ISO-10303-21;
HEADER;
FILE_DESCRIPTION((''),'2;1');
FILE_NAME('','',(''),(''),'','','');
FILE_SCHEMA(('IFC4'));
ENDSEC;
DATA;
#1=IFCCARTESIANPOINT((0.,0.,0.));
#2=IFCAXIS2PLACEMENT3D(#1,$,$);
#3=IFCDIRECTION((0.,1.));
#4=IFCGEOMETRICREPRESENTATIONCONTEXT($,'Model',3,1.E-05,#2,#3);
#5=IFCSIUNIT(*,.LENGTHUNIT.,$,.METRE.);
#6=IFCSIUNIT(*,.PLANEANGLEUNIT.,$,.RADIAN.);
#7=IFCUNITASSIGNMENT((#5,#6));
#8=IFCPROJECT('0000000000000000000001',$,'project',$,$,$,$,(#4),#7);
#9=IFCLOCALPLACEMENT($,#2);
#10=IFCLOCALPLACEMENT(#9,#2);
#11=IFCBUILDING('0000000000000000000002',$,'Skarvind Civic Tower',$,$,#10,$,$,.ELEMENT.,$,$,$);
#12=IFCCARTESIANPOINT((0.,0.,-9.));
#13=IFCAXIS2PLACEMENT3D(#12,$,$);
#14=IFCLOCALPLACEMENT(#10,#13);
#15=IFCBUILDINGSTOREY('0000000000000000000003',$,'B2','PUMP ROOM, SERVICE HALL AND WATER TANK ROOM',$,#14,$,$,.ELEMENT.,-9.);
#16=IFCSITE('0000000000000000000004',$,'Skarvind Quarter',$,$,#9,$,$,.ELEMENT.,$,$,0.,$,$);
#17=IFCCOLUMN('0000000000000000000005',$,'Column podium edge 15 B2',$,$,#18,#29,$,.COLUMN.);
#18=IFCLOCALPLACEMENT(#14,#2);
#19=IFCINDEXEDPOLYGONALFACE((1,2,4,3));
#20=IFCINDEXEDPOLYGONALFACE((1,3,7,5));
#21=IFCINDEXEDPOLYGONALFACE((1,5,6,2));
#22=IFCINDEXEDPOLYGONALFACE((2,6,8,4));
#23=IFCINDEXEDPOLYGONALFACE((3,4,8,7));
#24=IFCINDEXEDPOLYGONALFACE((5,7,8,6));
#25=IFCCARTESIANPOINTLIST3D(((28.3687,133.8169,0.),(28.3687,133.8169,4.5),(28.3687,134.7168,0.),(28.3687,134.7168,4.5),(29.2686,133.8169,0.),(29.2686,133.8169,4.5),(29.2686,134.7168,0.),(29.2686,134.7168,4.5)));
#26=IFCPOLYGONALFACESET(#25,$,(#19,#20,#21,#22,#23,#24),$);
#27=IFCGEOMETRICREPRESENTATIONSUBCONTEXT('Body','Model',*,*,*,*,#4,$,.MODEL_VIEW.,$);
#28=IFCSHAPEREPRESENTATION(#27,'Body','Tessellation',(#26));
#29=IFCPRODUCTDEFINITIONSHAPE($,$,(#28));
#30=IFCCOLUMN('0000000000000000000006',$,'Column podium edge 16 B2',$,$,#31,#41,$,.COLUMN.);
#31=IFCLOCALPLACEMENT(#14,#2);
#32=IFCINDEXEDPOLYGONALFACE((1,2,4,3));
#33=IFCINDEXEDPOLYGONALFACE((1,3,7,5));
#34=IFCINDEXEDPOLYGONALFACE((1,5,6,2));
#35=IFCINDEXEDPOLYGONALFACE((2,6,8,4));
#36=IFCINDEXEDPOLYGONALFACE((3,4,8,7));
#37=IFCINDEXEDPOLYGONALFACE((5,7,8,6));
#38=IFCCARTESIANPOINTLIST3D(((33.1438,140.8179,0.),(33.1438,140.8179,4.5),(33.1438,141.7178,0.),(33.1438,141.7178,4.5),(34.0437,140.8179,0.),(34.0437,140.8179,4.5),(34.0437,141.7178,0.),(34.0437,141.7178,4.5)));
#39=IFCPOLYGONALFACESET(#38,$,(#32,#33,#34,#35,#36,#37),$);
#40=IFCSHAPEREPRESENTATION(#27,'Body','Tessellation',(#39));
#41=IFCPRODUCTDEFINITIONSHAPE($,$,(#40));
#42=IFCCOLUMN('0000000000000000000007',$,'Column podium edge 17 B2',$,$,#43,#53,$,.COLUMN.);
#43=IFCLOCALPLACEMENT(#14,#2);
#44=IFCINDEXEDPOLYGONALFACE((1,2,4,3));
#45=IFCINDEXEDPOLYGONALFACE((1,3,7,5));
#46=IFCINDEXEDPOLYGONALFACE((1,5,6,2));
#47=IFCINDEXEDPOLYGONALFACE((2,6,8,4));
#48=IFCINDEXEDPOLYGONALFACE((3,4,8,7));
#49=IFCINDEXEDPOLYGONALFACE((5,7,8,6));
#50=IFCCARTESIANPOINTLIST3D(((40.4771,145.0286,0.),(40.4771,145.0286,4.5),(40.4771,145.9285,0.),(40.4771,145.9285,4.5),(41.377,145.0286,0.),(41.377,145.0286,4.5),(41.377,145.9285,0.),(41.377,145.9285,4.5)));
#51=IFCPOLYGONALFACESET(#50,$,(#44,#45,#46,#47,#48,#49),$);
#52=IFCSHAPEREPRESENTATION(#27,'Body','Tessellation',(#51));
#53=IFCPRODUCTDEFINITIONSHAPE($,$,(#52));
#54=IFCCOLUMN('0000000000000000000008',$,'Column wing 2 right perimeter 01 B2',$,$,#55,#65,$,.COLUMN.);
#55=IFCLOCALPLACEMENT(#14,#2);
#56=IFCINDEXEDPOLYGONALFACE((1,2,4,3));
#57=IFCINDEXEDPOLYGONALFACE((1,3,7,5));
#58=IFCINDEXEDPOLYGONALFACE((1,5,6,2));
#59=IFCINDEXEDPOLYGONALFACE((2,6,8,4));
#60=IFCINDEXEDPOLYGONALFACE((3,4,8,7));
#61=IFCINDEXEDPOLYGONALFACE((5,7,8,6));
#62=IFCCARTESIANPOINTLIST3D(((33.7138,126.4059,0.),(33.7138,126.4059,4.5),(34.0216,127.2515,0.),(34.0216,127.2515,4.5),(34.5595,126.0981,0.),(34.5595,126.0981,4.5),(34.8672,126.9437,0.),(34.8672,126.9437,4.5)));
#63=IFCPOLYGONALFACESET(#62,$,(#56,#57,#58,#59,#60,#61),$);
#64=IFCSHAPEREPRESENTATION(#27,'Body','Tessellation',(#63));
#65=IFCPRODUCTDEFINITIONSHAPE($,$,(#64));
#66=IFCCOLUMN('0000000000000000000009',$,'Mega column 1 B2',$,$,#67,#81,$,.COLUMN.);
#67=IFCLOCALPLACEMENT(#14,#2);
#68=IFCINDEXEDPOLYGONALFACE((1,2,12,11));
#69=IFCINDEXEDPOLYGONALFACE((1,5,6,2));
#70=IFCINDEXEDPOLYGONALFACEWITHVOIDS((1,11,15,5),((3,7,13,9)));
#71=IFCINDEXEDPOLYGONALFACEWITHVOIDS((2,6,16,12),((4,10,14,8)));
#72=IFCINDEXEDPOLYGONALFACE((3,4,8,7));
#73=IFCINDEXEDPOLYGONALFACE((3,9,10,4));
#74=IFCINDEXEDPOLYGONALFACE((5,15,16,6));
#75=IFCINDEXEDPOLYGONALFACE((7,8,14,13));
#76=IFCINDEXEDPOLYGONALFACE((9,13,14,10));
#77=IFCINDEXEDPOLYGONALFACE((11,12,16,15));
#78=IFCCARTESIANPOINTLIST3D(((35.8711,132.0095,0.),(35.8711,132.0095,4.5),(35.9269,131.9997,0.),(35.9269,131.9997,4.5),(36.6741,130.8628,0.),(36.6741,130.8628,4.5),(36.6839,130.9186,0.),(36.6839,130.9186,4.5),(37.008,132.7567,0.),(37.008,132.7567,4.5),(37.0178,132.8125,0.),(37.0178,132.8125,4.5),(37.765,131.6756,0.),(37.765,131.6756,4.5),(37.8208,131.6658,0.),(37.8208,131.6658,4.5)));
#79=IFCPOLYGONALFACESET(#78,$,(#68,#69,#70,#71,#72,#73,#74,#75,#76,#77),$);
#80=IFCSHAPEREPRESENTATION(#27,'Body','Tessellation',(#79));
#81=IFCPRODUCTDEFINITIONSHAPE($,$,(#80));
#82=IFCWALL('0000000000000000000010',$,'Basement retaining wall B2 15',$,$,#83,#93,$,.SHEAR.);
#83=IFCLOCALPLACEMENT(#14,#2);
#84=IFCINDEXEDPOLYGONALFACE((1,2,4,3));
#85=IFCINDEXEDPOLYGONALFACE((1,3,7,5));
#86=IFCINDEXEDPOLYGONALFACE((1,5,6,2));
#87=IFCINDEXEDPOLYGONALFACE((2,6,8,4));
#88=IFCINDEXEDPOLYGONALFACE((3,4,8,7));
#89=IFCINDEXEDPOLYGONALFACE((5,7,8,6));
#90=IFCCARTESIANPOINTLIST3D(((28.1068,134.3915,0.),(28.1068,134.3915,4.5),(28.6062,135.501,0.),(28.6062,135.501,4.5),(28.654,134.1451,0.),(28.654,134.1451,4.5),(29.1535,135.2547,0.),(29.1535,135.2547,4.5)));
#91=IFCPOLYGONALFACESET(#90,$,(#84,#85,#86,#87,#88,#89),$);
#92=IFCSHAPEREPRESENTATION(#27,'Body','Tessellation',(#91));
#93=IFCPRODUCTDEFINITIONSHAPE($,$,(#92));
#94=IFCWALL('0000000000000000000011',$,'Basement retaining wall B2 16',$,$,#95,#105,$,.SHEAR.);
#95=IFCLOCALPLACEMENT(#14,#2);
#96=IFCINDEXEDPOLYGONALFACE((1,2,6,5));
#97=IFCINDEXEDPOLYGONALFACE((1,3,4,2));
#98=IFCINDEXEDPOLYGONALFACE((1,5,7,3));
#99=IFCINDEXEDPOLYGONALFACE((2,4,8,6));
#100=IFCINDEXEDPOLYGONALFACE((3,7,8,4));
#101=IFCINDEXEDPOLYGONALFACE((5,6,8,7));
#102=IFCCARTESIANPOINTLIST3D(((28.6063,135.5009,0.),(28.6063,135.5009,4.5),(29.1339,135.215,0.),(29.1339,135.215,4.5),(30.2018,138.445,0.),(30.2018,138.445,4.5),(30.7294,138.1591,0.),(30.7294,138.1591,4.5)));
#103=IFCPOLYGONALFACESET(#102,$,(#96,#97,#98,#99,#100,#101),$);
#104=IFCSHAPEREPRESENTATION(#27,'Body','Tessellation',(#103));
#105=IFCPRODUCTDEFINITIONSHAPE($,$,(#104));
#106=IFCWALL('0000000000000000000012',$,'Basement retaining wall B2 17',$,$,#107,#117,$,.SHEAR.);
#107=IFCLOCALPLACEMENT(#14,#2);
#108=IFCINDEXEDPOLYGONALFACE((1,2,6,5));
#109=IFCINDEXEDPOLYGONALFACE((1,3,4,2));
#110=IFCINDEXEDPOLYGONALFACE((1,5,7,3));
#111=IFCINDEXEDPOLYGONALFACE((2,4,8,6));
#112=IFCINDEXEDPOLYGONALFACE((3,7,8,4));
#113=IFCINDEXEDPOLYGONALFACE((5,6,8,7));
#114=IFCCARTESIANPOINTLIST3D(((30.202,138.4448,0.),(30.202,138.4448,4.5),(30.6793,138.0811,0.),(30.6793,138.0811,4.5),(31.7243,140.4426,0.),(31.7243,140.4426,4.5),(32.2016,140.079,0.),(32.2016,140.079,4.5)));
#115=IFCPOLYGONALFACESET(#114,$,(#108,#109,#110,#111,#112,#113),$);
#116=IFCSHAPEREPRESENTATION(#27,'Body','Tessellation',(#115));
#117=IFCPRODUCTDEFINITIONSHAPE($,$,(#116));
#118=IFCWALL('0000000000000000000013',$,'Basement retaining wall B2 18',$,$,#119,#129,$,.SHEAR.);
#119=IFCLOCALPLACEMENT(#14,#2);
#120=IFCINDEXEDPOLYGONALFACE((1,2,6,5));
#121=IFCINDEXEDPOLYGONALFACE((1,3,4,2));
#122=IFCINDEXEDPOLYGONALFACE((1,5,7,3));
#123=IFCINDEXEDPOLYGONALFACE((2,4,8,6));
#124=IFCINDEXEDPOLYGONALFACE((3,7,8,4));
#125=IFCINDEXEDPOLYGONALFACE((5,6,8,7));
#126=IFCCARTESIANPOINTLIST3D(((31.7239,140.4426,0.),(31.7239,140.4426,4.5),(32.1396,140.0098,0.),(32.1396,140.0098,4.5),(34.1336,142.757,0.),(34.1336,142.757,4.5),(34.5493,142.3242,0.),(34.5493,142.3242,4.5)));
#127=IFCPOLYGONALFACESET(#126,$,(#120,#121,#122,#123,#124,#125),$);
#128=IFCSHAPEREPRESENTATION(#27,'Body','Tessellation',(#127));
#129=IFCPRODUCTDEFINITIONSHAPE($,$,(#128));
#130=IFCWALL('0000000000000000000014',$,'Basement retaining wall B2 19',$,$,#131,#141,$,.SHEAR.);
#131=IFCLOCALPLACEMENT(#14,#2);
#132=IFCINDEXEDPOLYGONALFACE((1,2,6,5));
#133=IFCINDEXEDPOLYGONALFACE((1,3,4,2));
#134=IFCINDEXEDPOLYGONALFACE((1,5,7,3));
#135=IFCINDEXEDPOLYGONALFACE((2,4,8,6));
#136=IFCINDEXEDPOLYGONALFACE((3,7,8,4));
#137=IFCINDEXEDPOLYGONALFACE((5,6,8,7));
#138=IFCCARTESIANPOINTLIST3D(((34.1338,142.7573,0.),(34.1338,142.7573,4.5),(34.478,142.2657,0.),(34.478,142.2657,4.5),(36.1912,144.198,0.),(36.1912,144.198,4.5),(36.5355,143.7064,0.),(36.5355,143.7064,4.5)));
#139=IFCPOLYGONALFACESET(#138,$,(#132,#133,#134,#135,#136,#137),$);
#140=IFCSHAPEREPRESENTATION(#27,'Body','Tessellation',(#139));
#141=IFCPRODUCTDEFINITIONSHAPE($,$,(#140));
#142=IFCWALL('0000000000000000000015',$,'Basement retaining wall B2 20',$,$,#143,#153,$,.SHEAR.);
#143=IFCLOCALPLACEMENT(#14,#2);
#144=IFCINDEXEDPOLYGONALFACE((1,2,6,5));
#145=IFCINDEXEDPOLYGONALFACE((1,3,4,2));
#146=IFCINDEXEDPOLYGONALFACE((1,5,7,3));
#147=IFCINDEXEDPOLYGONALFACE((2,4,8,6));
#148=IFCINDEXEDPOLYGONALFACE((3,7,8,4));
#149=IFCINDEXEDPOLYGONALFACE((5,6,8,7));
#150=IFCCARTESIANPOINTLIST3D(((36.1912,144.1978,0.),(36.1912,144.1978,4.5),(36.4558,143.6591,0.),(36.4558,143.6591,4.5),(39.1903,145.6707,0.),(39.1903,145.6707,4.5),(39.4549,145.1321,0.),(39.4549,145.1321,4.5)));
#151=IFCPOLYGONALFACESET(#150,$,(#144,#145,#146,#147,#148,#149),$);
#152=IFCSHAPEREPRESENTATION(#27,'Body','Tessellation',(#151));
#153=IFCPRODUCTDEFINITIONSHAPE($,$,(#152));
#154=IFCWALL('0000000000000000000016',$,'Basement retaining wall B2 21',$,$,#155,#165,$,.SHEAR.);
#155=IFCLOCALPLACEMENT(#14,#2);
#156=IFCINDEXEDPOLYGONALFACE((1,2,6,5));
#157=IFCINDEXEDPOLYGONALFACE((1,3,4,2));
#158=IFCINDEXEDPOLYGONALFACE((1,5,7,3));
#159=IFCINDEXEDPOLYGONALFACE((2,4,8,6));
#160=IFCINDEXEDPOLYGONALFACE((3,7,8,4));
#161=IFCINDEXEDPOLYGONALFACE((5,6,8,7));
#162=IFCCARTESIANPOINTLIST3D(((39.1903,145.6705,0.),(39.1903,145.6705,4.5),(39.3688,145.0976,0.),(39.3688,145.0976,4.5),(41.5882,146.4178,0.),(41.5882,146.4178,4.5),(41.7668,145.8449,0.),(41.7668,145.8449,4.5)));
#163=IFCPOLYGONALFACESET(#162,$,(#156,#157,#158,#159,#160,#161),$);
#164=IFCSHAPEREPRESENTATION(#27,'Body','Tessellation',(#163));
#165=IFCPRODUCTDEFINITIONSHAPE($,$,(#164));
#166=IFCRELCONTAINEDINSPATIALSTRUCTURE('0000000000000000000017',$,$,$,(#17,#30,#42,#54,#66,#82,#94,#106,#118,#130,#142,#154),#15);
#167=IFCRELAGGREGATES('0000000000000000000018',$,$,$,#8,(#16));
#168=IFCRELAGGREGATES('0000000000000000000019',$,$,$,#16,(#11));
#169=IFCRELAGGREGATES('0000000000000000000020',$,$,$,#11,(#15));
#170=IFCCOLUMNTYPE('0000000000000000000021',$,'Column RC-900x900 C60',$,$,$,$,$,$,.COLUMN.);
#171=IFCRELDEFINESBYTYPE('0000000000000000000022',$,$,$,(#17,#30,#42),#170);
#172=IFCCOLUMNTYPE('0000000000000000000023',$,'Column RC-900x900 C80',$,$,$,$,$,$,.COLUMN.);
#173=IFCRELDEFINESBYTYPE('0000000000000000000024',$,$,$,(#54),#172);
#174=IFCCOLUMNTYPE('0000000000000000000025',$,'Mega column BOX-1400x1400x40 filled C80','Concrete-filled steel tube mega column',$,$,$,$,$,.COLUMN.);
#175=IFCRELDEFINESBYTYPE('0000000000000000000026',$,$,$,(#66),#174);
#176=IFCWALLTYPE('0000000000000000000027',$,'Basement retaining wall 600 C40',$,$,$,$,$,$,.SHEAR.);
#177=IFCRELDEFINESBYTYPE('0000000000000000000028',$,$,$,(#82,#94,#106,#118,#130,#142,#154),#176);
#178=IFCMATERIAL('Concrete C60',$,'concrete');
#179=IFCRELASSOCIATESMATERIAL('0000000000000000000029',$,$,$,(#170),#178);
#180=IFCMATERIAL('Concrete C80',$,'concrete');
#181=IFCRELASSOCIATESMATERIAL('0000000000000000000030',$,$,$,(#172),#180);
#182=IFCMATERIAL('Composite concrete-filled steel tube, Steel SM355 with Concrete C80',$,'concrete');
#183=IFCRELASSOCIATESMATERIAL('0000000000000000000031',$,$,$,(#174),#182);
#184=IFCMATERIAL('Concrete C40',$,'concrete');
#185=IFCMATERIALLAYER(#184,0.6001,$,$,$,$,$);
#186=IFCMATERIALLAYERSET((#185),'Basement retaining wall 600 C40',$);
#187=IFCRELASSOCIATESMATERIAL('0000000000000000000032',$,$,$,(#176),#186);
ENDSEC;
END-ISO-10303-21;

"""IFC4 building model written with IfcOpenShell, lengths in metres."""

from ifc_helpers import new_model, si_unit, direction, frame, frame_2d, origin, origin_2d, place, context, subcontext, project, spatial, rectangle, hollow_rectangle, extrude, material, layer, layer_set, material_profile, profile_set, type_object, element, save


model = new_model("IFC4")

# Units and contexts
model_context = context("Model", 3, precision=1e-05, world=origin(), true_north=direction((0.0, 1.0)))
body_context = subcontext(model_context, "Body", "Model", "MODEL_VIEW")
ifc_project = project(units=[si_unit("LENGTHUNIT", "METRE"), si_unit("PLANEANGLEUNIT", "RADIAN")], contexts=[model_context])

# Site, building, storey
site_placement = place(None, origin())
site = spatial("IfcSite", under=ifc_project, at=site_placement, Name="Skarvind Quarter", CompositionType="ELEMENT", RefElevation=0.0)
building_placement = place(site_placement, origin())
building = spatial("IfcBuilding", under=site, at=building_placement, Name="Skarvind Civic Tower", CompositionType="ELEMENT")
storey_placement = place(building_placement, frame((0.0, 0.0, -9.0)))
storey = spatial("IfcBuildingStorey", under=building, at=storey_placement, Name="B2", Description="PUMP ROOM, SERVICE HALL AND WATER TANK ROOM", CompositionType="ELEMENT", Elevation=-9.0)

# Shared definitions
ifc_material_1 = material(Name="Concrete C40", Category="concrete")

# Columns
ifc_material_2 = material(Name="Concrete C60", Category="concrete")
ifc_material_profile_1 = material_profile(ifc_material_2, rectangle(XDim=0.8999, YDim=0.8999, at=origin_2d()), Name="RC-900x900")
ifc_profile_set_1 = profile_set([ifc_material_profile_1], Name="Concrete C60")
column_type_1 = type_object("IfcColumnType", Name="Column RC-900x900 C60", PredefinedType="COLUMN", material=ifc_profile_set_1)
for number, where, z_axis, x_axis, name in (
    (1, (28.8186, 134.2668, 0.0), (0.0, 0.0, 1.0), (1.0, 0.0, 0.0), "Column podium edge 15 B2"),
    (2, (33.5938, 141.2678, 0.0), (0.0, 0.0, 1.0), (1.0, 0.0, 0.0), "Column podium edge 16 B2"),
    (3, (40.927, 145.4785, 0.0), (0.0, 0.0, 1.0), (1.0, 0.0, 0.0), "Column podium edge 17 B2"),
):
    element("IfcColumn", number, at=place(storey_placement, frame(where, z_axis=z_axis, x_axis=x_axis)), inside=storey, type_object=column_type_1, Name=name, PredefinedType="COLUMN", context=body_context, shape_type="SweptSolid", body=[
        extrude(rectangle(XDim=0.8999, YDim=0.8999, at=origin_2d()), origin(), (0.0, 0.0, 1.0), 4.5),
    ])
ifc_material_3 = material(Name="Concrete C80", Category="concrete")
ifc_material_profile_2 = material_profile(ifc_material_3, rectangle(XDim=0.8999, YDim=0.8999, at=origin_2d()), Name="RC-900x900")
ifc_profile_set_2 = profile_set([ifc_material_profile_2], Name="Concrete C80")
column_type_2 = type_object("IfcColumnType", Name="Column RC-900x900 C80", PredefinedType="COLUMN", material=ifc_profile_set_2)
column_1_placement = place(storey_placement, frame((34.2905, 126.6748, 0.0), z_axis=(0.0, 0.0, 1.0), x_axis=(-0.34202, -0.939693, 0.0)))
element("IfcColumn", 4, at=column_1_placement, inside=storey, type_object=column_type_2, Name="Column wing 2 right perimeter 01 B2", PredefinedType="COLUMN", context=body_context, shape_type="SweptSolid", body=[
    extrude(rectangle(XDim=0.8999, YDim=0.8999, at=origin_2d()), origin(), (0.0, 0.0, 1.0), 4.5),
])
ifc_material_4 = material(Name="Composite concrete-filled steel tube, Steel SM355 with Concrete C80", Category="concrete")
ifc_material_profile_3 = material_profile(ifc_material_4, hollow_rectangle(XDim=1.3999, YDim=1.3999, WallThickness=0.04, at=origin_2d()), Name="BOX-1400x1400x40")
ifc_profile_set_3 = profile_set([ifc_material_profile_3], Name="Composite concrete-filled steel tube, Steel SM355 with Concrete C80")
column_type_3 = type_object("IfcColumnType", Name="Mega column BOX-1400x1400x40 filled C80", Description="Concrete-filled steel tube mega column", PredefinedType="COLUMN", material=ifc_profile_set_3)
column_2_placement = place(storey_placement, frame((36.8459, 131.8376, 0.0), z_axis=(0.0, 0.0, 1.0), x_axis=(0.573576, -0.819152, 0.0)))
element("IfcColumn", 5, at=column_2_placement, inside=storey, type_object=column_type_3, Name="Mega column 1 B2", PredefinedType="COLUMN", context=body_context, shape_type="SweptSolid", body=[
    extrude(hollow_rectangle(XDim=1.3999, YDim=1.3999, WallThickness=0.04, at=origin_2d()), origin(), (0.0, 0.0, 1.0), 4.5),
])

# Walls
ifc_layer_1 = layer(ifc_material_1, 0.6001)
ifc_layer_set_1 = layer_set([ifc_layer_1], Name="Basement retaining wall 600 C40")
wall_type_1 = type_object("IfcWallType", Name="Basement retaining wall 600 C40", PredefinedType="SHEAR", material=ifc_layer_set_1)
wall_1_placement = place(storey_placement, frame((28.3804, 134.2683, 0.0), z_axis=(0.0, 0.0, 1.0), x_axis=(0.41049, 0.911865, 0.0)))
element("IfcWall", 6, at=wall_1_placement, inside=storey, type_object=wall_type_1, Name="Basement retaining wall B2 15", PredefinedType="SHEAR", context=body_context, shape_type="SweptSolid", body=[
    extrude(rectangle(XDim=1.2168, YDim=0.6001, at=frame_2d((0.6084, 0.0))), origin(), (0.0, 0.0, 1.0), 4.5),
])
wall_2_placement = place(storey_placement, frame((28.8701, 135.3579, 0.0), z_axis=(0.0, 0.0, 1.0), x_axis=(0.476455, 0.879199, 0.0)))
element("IfcWall", 7, at=wall_2_placement, inside=storey, type_object=wall_type_1, Name="Basement retaining wall B2 16", PredefinedType="SHEAR", context=body_context, shape_type="SweptSolid", body=[
    extrude(rectangle(XDim=3.3486, YDim=0.6001, at=frame_2d((1.6743, 0.0))), origin(), (0.0, 0.0, 1.0), 4.5),
])
wall_3_placement = place(storey_placement, frame((30.4407, 138.2629, 0.0), z_axis=(0.0, 0.0, 1.0), x_axis=(0.606064, 0.795416, 0.0)))
element("IfcWall", 8, at=wall_3_placement, inside=storey, type_object=wall_type_1, Name="Basement retaining wall B2 17", PredefinedType="SHEAR", context=body_context, shape_type="SweptSolid", body=[
    extrude(rectangle(XDim=2.5117, YDim=0.6001, at=frame_2d((1.2559, 0.0))), origin(), (0.0, 0.0, 1.0), 4.5),
])
wall_4_placement = place(storey_placement, frame((31.9319, 140.2263, 0.0), z_axis=(0.0, 0.0, 1.0), x_axis=(0.721212, 0.692714, 0.0)))
element("IfcWall", 9, at=wall_4_placement, inside=storey, type_object=wall_type_1, Name="Basement retaining wall B2 18", PredefinedType="SHEAR", context=body_context, shape_type="SweptSolid", body=[
    extrude(rectangle(XDim=3.3411, YDim=0.6001, at=frame_2d((1.6704, 0.0))), origin(), (0.0, 0.0, 1.0), 4.5),
])
wall_5_placement = place(storey_placement, frame((34.3059, 142.5115, 0.0), z_axis=(0.0, 0.0, 1.0), x_axis=(0.819136, 0.573599, 0.0)))
element("IfcWall", 10, at=wall_5_placement, inside=storey, type_object=wall_type_1, Name="Basement retaining wall B2 19", PredefinedType="SHEAR", context=body_context, shape_type="SweptSolid", body=[
    extrude(rectangle(XDim=2.5117, YDim=0.6001, at=frame_2d((1.2559, 0.0))), origin(), (0.0, 0.0, 1.0), 4.5),
])
wall_6_placement = place(storey_placement, frame((36.3235, 143.9285, 0.0), z_axis=(0.0, 0.0, 1.0), x_axis=(0.89759, 0.440831, 0.0)))
element("IfcWall", 11, at=wall_6_placement, inside=storey, type_object=wall_type_1, Name="Basement retaining wall B2 20", PredefinedType="SHEAR", context=body_context, shape_type="SweptSolid", body=[
    extrude(rectangle(XDim=3.3413, YDim=0.6001, at=frame_2d((1.6707, 0.0))), origin(), (0.0, 0.0, 1.0), 4.5),
])
wall_7_placement = place(storey_placement, frame((39.2795, 145.384, 0.0), z_axis=(0.0, 0.0, 1.0), x_axis=(0.954711, 0.297533, 0.0)))
element("IfcWall", 12, at=wall_7_placement, inside=storey, type_object=wall_type_1, Name="Basement retaining wall B2 21", PredefinedType="SHEAR", context=body_context, shape_type="SweptSolid", body=[
    extrude(rectangle(XDim=2.5117, YDim=0.6001, at=frame_2d((1.2559, 0.0))), origin(), (0.0, 0.0, 1.0), 4.5),
])

save(model, "model.ifc")
